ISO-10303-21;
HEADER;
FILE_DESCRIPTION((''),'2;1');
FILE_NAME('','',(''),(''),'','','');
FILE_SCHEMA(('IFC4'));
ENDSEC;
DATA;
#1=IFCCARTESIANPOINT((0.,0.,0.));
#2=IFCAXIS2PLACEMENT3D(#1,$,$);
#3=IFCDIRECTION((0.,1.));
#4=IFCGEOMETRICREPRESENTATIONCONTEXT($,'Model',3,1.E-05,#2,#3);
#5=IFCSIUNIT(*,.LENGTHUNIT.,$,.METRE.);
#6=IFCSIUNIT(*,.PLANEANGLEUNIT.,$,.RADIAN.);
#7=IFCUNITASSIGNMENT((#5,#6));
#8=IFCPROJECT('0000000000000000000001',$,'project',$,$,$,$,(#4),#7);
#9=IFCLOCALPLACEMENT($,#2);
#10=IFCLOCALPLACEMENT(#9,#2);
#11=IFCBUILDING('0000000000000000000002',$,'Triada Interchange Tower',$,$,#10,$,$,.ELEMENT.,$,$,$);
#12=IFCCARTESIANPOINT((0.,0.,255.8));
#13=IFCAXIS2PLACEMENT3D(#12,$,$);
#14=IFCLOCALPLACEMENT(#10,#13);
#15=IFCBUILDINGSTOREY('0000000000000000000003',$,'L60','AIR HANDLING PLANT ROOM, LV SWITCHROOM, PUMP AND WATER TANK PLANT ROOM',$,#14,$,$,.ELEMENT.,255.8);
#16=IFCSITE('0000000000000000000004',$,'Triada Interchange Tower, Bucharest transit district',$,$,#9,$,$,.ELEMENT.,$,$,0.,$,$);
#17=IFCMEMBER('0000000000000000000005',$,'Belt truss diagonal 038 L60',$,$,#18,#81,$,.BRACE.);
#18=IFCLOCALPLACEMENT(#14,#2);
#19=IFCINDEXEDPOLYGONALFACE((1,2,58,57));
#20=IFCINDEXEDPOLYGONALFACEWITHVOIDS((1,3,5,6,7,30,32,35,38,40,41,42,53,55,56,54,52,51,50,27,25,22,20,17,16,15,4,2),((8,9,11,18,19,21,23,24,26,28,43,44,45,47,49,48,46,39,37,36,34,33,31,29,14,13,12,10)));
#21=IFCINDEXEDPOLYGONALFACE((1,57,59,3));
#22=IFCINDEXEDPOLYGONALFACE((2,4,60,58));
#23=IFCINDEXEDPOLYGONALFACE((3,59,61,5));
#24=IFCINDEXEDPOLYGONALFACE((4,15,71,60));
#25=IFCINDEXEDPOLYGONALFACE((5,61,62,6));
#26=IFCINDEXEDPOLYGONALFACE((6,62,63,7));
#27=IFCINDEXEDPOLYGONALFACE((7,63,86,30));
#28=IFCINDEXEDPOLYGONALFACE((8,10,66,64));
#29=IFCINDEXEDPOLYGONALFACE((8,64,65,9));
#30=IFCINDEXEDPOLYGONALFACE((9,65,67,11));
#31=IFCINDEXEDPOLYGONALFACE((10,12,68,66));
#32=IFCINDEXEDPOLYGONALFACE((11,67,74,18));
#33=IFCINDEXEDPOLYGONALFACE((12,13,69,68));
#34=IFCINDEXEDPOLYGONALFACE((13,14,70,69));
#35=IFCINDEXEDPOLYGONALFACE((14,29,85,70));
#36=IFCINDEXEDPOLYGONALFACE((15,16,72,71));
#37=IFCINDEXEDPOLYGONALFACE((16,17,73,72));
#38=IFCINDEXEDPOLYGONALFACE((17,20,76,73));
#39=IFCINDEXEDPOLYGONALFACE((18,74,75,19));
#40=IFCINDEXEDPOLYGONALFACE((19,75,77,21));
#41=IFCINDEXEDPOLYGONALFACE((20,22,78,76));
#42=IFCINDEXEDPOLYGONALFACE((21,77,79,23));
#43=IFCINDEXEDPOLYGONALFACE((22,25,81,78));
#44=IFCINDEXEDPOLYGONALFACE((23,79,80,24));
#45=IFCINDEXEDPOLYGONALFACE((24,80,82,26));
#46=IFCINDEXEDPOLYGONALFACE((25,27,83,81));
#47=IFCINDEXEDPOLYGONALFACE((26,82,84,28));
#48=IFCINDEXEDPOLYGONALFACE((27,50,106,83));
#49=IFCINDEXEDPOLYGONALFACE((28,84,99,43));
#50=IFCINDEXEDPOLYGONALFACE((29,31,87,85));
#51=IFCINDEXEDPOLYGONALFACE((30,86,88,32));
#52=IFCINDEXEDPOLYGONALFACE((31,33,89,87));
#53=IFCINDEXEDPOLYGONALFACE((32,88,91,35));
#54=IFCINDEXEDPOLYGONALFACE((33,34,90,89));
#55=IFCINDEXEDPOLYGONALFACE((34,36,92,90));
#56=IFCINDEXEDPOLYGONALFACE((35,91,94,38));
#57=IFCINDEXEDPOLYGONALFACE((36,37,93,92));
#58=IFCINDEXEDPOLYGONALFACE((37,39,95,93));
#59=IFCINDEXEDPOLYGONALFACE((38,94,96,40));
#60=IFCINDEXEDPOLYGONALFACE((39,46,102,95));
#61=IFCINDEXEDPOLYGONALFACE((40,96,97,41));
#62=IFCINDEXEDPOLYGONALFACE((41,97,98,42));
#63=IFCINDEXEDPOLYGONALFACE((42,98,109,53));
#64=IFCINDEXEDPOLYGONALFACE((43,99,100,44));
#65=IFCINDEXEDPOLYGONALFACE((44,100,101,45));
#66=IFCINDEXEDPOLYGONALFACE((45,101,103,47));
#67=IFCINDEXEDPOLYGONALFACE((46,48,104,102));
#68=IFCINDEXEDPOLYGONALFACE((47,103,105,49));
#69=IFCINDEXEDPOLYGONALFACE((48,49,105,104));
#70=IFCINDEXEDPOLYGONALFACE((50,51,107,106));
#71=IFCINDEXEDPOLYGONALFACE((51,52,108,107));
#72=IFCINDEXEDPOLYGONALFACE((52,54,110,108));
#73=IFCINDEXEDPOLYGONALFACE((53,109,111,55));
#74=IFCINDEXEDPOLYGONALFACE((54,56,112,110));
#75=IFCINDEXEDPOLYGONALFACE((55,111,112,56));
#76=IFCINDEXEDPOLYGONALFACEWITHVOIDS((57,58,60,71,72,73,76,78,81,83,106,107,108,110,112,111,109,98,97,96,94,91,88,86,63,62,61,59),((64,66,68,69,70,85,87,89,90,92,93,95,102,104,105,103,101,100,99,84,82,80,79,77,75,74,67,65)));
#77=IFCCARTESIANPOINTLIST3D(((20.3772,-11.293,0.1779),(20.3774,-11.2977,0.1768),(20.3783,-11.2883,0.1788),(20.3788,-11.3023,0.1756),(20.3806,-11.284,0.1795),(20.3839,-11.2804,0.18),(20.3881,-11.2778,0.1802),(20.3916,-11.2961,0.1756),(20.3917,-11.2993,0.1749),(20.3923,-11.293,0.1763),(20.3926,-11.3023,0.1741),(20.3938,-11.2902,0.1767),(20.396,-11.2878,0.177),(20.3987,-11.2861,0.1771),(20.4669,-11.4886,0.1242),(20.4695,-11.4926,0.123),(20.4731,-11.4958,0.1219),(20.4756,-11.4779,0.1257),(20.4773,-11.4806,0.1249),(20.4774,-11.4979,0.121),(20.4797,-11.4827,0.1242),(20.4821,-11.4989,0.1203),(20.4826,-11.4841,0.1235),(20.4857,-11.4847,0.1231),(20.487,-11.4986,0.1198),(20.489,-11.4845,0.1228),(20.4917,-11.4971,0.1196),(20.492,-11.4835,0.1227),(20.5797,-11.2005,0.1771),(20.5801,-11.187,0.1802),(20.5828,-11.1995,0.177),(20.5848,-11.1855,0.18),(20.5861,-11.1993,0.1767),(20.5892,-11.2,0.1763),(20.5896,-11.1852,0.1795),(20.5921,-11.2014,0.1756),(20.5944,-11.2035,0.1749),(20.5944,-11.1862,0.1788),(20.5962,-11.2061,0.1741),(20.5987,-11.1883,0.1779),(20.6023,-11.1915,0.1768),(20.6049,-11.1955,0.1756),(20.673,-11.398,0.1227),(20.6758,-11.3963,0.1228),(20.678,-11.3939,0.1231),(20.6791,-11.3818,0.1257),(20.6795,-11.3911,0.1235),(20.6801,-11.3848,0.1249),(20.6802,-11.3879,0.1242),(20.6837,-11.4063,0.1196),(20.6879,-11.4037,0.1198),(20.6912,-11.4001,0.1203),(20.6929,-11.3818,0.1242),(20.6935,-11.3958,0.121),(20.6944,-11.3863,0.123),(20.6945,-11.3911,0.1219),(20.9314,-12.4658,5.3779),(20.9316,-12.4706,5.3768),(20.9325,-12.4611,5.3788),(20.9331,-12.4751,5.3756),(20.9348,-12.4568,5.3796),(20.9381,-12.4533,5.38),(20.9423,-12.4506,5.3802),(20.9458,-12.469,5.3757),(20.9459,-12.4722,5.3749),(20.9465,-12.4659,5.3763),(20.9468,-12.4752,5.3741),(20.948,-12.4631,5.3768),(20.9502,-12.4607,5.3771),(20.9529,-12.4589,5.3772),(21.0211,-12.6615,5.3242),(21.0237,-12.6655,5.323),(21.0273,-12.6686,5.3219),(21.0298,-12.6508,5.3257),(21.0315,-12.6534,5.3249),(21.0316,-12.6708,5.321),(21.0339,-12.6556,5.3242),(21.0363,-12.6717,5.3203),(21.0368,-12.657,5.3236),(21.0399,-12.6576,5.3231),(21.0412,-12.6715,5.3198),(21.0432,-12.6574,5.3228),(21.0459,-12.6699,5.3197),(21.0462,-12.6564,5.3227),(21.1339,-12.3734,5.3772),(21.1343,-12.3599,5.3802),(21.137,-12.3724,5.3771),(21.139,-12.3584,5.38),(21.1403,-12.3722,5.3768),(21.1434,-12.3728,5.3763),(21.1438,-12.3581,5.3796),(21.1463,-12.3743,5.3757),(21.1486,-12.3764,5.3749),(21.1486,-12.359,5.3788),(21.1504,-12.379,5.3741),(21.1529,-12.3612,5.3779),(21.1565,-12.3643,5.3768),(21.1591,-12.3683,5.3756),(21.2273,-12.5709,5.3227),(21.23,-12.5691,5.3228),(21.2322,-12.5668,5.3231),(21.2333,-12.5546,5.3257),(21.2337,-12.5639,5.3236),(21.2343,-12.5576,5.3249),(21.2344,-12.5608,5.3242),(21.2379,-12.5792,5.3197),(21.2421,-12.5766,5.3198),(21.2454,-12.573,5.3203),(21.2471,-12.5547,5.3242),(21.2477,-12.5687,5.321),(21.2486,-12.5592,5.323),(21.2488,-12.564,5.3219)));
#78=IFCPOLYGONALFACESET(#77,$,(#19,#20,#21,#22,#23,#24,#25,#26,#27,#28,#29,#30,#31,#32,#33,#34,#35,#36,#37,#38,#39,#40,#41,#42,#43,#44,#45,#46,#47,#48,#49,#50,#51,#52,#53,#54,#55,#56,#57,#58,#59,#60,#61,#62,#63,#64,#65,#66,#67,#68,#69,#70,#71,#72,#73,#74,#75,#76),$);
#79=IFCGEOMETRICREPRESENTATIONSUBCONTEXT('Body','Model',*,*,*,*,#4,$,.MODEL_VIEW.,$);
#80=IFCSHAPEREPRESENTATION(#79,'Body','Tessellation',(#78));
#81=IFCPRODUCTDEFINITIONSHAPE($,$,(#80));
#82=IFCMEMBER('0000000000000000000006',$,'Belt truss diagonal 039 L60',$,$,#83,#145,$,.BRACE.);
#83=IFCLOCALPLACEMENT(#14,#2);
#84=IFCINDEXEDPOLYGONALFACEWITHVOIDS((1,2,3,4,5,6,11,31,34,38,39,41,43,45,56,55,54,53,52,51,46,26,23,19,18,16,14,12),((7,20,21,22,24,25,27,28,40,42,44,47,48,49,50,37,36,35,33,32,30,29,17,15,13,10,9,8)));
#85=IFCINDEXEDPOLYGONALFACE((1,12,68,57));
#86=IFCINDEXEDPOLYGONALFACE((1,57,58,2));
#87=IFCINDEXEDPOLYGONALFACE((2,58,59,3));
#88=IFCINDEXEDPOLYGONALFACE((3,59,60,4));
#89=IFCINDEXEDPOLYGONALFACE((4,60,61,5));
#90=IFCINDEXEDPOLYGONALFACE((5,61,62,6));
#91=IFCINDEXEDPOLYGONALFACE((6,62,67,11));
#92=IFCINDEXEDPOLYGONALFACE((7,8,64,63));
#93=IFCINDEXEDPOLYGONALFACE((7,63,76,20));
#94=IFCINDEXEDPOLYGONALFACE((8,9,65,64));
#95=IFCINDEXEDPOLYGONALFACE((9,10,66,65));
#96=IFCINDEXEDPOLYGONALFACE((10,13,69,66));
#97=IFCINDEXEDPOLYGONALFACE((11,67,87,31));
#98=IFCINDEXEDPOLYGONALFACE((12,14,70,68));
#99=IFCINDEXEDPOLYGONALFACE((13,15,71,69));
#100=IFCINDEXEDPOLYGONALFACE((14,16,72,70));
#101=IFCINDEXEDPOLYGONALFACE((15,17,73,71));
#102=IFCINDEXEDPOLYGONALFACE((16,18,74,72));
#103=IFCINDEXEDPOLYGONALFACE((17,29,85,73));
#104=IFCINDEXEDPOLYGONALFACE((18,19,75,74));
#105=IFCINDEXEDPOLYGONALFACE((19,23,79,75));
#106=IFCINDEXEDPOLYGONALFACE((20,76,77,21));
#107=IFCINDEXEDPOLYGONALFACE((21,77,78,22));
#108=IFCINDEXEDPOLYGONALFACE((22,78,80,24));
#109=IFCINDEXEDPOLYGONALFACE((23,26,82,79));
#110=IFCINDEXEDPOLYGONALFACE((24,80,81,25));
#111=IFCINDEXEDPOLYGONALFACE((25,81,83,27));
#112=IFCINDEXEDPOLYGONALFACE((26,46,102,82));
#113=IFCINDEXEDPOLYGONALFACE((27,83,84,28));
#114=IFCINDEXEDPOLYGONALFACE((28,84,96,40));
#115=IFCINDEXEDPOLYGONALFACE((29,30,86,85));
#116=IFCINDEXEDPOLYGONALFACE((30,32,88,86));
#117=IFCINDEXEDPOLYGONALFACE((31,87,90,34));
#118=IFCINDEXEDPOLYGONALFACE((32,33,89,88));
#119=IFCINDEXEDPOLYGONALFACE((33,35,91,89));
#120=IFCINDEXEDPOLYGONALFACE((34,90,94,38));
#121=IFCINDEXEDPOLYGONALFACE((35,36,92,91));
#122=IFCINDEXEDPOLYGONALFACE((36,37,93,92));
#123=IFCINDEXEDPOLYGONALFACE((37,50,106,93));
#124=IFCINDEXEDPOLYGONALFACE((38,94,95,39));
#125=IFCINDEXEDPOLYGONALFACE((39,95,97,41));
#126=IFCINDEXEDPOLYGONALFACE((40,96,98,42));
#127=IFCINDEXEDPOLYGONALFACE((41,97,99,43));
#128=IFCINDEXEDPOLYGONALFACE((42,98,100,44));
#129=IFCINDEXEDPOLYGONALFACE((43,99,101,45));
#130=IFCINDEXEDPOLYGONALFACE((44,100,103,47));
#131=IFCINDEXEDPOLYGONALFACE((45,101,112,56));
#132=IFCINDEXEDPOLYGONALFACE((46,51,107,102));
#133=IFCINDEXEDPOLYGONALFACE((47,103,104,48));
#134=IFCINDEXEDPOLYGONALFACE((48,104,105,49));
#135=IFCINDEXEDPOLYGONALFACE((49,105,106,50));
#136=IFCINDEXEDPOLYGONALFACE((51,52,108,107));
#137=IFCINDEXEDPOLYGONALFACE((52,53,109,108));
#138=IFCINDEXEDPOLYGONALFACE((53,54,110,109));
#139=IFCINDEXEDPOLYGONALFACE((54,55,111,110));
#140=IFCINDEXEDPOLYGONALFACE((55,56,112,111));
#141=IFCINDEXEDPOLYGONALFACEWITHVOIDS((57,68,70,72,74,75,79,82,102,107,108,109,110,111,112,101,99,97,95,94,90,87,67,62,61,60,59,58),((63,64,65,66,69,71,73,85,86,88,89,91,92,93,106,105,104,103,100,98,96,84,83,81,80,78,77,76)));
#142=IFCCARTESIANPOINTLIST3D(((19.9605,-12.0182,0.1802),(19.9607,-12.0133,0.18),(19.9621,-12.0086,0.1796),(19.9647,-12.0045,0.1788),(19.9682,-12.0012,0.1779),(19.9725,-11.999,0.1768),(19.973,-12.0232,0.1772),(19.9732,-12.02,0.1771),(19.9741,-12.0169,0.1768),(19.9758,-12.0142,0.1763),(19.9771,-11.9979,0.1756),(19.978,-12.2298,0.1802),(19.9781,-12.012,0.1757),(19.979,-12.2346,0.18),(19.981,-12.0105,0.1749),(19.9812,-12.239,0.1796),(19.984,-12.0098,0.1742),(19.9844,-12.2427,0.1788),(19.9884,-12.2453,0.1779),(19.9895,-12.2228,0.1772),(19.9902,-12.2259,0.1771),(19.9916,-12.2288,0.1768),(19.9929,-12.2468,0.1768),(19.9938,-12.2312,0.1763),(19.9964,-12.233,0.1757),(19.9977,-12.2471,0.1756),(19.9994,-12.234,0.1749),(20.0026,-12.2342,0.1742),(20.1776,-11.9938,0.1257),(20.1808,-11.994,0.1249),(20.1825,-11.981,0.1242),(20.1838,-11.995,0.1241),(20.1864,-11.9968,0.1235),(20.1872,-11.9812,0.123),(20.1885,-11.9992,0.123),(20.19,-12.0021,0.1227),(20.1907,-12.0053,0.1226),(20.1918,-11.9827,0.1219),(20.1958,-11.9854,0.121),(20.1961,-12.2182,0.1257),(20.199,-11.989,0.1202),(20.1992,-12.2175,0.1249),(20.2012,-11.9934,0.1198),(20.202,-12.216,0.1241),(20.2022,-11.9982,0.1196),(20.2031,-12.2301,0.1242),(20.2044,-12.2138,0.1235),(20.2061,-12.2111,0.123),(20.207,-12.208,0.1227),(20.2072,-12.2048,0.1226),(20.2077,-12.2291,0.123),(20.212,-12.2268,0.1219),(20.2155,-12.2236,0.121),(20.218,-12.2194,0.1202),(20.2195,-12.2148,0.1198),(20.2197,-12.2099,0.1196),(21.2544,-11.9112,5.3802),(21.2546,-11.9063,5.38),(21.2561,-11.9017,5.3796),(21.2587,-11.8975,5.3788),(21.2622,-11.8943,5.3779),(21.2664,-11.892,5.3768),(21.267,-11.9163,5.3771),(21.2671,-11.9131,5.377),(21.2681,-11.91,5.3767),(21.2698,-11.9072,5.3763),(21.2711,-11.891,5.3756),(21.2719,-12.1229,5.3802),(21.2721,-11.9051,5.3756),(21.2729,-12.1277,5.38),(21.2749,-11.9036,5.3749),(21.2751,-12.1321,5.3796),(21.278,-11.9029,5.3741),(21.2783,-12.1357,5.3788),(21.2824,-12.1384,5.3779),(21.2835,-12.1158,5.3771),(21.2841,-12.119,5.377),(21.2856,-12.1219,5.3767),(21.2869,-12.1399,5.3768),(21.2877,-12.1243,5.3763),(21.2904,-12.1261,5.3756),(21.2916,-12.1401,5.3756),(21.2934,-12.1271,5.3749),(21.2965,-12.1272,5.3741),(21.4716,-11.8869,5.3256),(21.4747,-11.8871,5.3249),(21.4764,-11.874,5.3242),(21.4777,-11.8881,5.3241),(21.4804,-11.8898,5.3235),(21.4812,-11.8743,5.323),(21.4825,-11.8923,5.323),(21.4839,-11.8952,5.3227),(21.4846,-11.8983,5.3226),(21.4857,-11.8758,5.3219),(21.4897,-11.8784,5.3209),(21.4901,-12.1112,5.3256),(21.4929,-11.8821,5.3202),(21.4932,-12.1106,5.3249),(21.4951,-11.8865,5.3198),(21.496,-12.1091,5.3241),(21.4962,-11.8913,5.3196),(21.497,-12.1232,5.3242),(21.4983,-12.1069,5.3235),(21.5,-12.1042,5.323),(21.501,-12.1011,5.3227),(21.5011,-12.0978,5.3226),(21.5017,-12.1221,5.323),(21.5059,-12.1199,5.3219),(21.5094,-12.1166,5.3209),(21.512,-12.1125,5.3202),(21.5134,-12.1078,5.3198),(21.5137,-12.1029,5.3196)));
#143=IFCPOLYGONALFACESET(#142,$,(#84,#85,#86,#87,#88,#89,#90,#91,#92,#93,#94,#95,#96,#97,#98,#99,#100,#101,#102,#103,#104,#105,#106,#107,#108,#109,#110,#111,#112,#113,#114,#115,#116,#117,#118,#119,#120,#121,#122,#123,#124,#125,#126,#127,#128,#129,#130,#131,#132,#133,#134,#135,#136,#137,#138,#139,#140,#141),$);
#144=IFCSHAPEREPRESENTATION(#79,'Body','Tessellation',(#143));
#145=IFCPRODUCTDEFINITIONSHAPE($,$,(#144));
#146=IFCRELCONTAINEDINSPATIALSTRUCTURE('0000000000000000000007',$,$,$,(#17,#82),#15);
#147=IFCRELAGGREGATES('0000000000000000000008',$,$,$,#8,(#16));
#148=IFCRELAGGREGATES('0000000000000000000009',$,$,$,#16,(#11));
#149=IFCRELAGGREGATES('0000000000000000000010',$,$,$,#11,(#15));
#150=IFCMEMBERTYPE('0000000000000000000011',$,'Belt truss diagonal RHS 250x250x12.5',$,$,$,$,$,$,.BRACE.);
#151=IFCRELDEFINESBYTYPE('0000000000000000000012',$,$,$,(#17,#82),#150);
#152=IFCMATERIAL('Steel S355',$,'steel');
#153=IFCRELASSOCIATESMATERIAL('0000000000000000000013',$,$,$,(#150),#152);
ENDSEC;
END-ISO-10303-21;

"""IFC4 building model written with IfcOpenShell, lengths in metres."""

from ifc_helpers import new_model, si_unit, direction, frame, origin, origin_2d, place, context, subcontext, project, spatial, hollow_rectangle, extrude, material, material_profile, profile_set, type_object, element, save


model = new_model("IFC4")

# Units and contexts
model_context = context("Model", 3, precision=1e-05, world=origin(), true_north=direction((0.0, 1.0)))
body_context = subcontext(model_context, "Body", "Model", "MODEL_VIEW")
ifc_project = project(units=[si_unit("LENGTHUNIT", "METRE"), si_unit("PLANEANGLEUNIT", "RADIAN")], contexts=[model_context])

# Site, building, storey
site_placement = place(None, origin())
site = spatial("IfcSite", under=ifc_project, at=site_placement, Name="Triada Interchange Tower, Bucharest transit district", CompositionType="ELEMENT", RefElevation=0.0)
building_placement = place(site_placement, origin())
building = spatial("IfcBuilding", under=site, at=building_placement, Name="Triada Interchange Tower", CompositionType="ELEMENT")
storey_placement = place(building_placement, frame((0.0, 0.0, 255.8)))
storey = spatial("IfcBuildingStorey", under=building, at=storey_placement, Name="L60", Description="AIR HANDLING PLANT ROOM, LV SWITCHROOM, PUMP AND WATER TANK PLANT ROOM", CompositionType="ELEMENT", Elevation=255.8)

# Members
ifc_material_1 = material(Name="Steel S355", Category="steel")
ifc_material_profile_1 = material_profile(ifc_material_1, hollow_rectangle(XDim=0.25, YDim=0.25, WallThickness=0.0125, InnerFilletRadius=0.0125, OuterFilletRadius=0.0188, at=origin_2d()), Name="RHS 250x250x12.5")
ifc_profile_set_1 = profile_set([ifc_material_profile_1], Name="Steel S355")
member_type_1 = type_object("IfcMemberType", Name="Belt truss diagonal RHS 250x250x12.5", PredefinedType="BRACE", material=ifc_profile_set_1)
member_1_placement = place(storey_placement, frame((20.5359, -11.342, 0.1499), z_axis=(0.103409, -0.218844, 0.970265), x_axis=(0.904144, 0.427229, 0.0)))
element("IfcMember", 1, at=member_1_placement, inside=storey, type_object=member_type_1, Name="Belt truss diagonal 038 L60", PredefinedType="BRACE", context=body_context, shape_type="SweptSolid", body=[
    extrude(hollow_rectangle(XDim=0.25, YDim=0.25, WallThickness=0.0125, InnerFilletRadius=0.0125, OuterFilletRadius=0.0188, at=origin_2d()), origin(), (0.0, 0.0, 1.0), 5.3594),
])
member_2_placement = place(storey_placement, frame((20.0901, -12.114, 0.1499), z_axis=(0.241426, 0.019952, 0.970214), x_axis=(-0.082361, 0.996603, 0.0)))
element("IfcMember", 2, at=member_2_placement, inside=storey, type_object=member_type_1, Name="Belt truss diagonal 039 L60", PredefinedType="BRACE", context=body_context, shape_type="SweptSolid", body=[
    extrude(hollow_rectangle(XDim=0.25, YDim=0.25, WallThickness=0.0125, InnerFilletRadius=0.0125, OuterFilletRadius=0.0188, at=origin_2d()), origin(), (0.0, 0.0, 1.0), 5.3596),
])

save(model, "model.ifc")
